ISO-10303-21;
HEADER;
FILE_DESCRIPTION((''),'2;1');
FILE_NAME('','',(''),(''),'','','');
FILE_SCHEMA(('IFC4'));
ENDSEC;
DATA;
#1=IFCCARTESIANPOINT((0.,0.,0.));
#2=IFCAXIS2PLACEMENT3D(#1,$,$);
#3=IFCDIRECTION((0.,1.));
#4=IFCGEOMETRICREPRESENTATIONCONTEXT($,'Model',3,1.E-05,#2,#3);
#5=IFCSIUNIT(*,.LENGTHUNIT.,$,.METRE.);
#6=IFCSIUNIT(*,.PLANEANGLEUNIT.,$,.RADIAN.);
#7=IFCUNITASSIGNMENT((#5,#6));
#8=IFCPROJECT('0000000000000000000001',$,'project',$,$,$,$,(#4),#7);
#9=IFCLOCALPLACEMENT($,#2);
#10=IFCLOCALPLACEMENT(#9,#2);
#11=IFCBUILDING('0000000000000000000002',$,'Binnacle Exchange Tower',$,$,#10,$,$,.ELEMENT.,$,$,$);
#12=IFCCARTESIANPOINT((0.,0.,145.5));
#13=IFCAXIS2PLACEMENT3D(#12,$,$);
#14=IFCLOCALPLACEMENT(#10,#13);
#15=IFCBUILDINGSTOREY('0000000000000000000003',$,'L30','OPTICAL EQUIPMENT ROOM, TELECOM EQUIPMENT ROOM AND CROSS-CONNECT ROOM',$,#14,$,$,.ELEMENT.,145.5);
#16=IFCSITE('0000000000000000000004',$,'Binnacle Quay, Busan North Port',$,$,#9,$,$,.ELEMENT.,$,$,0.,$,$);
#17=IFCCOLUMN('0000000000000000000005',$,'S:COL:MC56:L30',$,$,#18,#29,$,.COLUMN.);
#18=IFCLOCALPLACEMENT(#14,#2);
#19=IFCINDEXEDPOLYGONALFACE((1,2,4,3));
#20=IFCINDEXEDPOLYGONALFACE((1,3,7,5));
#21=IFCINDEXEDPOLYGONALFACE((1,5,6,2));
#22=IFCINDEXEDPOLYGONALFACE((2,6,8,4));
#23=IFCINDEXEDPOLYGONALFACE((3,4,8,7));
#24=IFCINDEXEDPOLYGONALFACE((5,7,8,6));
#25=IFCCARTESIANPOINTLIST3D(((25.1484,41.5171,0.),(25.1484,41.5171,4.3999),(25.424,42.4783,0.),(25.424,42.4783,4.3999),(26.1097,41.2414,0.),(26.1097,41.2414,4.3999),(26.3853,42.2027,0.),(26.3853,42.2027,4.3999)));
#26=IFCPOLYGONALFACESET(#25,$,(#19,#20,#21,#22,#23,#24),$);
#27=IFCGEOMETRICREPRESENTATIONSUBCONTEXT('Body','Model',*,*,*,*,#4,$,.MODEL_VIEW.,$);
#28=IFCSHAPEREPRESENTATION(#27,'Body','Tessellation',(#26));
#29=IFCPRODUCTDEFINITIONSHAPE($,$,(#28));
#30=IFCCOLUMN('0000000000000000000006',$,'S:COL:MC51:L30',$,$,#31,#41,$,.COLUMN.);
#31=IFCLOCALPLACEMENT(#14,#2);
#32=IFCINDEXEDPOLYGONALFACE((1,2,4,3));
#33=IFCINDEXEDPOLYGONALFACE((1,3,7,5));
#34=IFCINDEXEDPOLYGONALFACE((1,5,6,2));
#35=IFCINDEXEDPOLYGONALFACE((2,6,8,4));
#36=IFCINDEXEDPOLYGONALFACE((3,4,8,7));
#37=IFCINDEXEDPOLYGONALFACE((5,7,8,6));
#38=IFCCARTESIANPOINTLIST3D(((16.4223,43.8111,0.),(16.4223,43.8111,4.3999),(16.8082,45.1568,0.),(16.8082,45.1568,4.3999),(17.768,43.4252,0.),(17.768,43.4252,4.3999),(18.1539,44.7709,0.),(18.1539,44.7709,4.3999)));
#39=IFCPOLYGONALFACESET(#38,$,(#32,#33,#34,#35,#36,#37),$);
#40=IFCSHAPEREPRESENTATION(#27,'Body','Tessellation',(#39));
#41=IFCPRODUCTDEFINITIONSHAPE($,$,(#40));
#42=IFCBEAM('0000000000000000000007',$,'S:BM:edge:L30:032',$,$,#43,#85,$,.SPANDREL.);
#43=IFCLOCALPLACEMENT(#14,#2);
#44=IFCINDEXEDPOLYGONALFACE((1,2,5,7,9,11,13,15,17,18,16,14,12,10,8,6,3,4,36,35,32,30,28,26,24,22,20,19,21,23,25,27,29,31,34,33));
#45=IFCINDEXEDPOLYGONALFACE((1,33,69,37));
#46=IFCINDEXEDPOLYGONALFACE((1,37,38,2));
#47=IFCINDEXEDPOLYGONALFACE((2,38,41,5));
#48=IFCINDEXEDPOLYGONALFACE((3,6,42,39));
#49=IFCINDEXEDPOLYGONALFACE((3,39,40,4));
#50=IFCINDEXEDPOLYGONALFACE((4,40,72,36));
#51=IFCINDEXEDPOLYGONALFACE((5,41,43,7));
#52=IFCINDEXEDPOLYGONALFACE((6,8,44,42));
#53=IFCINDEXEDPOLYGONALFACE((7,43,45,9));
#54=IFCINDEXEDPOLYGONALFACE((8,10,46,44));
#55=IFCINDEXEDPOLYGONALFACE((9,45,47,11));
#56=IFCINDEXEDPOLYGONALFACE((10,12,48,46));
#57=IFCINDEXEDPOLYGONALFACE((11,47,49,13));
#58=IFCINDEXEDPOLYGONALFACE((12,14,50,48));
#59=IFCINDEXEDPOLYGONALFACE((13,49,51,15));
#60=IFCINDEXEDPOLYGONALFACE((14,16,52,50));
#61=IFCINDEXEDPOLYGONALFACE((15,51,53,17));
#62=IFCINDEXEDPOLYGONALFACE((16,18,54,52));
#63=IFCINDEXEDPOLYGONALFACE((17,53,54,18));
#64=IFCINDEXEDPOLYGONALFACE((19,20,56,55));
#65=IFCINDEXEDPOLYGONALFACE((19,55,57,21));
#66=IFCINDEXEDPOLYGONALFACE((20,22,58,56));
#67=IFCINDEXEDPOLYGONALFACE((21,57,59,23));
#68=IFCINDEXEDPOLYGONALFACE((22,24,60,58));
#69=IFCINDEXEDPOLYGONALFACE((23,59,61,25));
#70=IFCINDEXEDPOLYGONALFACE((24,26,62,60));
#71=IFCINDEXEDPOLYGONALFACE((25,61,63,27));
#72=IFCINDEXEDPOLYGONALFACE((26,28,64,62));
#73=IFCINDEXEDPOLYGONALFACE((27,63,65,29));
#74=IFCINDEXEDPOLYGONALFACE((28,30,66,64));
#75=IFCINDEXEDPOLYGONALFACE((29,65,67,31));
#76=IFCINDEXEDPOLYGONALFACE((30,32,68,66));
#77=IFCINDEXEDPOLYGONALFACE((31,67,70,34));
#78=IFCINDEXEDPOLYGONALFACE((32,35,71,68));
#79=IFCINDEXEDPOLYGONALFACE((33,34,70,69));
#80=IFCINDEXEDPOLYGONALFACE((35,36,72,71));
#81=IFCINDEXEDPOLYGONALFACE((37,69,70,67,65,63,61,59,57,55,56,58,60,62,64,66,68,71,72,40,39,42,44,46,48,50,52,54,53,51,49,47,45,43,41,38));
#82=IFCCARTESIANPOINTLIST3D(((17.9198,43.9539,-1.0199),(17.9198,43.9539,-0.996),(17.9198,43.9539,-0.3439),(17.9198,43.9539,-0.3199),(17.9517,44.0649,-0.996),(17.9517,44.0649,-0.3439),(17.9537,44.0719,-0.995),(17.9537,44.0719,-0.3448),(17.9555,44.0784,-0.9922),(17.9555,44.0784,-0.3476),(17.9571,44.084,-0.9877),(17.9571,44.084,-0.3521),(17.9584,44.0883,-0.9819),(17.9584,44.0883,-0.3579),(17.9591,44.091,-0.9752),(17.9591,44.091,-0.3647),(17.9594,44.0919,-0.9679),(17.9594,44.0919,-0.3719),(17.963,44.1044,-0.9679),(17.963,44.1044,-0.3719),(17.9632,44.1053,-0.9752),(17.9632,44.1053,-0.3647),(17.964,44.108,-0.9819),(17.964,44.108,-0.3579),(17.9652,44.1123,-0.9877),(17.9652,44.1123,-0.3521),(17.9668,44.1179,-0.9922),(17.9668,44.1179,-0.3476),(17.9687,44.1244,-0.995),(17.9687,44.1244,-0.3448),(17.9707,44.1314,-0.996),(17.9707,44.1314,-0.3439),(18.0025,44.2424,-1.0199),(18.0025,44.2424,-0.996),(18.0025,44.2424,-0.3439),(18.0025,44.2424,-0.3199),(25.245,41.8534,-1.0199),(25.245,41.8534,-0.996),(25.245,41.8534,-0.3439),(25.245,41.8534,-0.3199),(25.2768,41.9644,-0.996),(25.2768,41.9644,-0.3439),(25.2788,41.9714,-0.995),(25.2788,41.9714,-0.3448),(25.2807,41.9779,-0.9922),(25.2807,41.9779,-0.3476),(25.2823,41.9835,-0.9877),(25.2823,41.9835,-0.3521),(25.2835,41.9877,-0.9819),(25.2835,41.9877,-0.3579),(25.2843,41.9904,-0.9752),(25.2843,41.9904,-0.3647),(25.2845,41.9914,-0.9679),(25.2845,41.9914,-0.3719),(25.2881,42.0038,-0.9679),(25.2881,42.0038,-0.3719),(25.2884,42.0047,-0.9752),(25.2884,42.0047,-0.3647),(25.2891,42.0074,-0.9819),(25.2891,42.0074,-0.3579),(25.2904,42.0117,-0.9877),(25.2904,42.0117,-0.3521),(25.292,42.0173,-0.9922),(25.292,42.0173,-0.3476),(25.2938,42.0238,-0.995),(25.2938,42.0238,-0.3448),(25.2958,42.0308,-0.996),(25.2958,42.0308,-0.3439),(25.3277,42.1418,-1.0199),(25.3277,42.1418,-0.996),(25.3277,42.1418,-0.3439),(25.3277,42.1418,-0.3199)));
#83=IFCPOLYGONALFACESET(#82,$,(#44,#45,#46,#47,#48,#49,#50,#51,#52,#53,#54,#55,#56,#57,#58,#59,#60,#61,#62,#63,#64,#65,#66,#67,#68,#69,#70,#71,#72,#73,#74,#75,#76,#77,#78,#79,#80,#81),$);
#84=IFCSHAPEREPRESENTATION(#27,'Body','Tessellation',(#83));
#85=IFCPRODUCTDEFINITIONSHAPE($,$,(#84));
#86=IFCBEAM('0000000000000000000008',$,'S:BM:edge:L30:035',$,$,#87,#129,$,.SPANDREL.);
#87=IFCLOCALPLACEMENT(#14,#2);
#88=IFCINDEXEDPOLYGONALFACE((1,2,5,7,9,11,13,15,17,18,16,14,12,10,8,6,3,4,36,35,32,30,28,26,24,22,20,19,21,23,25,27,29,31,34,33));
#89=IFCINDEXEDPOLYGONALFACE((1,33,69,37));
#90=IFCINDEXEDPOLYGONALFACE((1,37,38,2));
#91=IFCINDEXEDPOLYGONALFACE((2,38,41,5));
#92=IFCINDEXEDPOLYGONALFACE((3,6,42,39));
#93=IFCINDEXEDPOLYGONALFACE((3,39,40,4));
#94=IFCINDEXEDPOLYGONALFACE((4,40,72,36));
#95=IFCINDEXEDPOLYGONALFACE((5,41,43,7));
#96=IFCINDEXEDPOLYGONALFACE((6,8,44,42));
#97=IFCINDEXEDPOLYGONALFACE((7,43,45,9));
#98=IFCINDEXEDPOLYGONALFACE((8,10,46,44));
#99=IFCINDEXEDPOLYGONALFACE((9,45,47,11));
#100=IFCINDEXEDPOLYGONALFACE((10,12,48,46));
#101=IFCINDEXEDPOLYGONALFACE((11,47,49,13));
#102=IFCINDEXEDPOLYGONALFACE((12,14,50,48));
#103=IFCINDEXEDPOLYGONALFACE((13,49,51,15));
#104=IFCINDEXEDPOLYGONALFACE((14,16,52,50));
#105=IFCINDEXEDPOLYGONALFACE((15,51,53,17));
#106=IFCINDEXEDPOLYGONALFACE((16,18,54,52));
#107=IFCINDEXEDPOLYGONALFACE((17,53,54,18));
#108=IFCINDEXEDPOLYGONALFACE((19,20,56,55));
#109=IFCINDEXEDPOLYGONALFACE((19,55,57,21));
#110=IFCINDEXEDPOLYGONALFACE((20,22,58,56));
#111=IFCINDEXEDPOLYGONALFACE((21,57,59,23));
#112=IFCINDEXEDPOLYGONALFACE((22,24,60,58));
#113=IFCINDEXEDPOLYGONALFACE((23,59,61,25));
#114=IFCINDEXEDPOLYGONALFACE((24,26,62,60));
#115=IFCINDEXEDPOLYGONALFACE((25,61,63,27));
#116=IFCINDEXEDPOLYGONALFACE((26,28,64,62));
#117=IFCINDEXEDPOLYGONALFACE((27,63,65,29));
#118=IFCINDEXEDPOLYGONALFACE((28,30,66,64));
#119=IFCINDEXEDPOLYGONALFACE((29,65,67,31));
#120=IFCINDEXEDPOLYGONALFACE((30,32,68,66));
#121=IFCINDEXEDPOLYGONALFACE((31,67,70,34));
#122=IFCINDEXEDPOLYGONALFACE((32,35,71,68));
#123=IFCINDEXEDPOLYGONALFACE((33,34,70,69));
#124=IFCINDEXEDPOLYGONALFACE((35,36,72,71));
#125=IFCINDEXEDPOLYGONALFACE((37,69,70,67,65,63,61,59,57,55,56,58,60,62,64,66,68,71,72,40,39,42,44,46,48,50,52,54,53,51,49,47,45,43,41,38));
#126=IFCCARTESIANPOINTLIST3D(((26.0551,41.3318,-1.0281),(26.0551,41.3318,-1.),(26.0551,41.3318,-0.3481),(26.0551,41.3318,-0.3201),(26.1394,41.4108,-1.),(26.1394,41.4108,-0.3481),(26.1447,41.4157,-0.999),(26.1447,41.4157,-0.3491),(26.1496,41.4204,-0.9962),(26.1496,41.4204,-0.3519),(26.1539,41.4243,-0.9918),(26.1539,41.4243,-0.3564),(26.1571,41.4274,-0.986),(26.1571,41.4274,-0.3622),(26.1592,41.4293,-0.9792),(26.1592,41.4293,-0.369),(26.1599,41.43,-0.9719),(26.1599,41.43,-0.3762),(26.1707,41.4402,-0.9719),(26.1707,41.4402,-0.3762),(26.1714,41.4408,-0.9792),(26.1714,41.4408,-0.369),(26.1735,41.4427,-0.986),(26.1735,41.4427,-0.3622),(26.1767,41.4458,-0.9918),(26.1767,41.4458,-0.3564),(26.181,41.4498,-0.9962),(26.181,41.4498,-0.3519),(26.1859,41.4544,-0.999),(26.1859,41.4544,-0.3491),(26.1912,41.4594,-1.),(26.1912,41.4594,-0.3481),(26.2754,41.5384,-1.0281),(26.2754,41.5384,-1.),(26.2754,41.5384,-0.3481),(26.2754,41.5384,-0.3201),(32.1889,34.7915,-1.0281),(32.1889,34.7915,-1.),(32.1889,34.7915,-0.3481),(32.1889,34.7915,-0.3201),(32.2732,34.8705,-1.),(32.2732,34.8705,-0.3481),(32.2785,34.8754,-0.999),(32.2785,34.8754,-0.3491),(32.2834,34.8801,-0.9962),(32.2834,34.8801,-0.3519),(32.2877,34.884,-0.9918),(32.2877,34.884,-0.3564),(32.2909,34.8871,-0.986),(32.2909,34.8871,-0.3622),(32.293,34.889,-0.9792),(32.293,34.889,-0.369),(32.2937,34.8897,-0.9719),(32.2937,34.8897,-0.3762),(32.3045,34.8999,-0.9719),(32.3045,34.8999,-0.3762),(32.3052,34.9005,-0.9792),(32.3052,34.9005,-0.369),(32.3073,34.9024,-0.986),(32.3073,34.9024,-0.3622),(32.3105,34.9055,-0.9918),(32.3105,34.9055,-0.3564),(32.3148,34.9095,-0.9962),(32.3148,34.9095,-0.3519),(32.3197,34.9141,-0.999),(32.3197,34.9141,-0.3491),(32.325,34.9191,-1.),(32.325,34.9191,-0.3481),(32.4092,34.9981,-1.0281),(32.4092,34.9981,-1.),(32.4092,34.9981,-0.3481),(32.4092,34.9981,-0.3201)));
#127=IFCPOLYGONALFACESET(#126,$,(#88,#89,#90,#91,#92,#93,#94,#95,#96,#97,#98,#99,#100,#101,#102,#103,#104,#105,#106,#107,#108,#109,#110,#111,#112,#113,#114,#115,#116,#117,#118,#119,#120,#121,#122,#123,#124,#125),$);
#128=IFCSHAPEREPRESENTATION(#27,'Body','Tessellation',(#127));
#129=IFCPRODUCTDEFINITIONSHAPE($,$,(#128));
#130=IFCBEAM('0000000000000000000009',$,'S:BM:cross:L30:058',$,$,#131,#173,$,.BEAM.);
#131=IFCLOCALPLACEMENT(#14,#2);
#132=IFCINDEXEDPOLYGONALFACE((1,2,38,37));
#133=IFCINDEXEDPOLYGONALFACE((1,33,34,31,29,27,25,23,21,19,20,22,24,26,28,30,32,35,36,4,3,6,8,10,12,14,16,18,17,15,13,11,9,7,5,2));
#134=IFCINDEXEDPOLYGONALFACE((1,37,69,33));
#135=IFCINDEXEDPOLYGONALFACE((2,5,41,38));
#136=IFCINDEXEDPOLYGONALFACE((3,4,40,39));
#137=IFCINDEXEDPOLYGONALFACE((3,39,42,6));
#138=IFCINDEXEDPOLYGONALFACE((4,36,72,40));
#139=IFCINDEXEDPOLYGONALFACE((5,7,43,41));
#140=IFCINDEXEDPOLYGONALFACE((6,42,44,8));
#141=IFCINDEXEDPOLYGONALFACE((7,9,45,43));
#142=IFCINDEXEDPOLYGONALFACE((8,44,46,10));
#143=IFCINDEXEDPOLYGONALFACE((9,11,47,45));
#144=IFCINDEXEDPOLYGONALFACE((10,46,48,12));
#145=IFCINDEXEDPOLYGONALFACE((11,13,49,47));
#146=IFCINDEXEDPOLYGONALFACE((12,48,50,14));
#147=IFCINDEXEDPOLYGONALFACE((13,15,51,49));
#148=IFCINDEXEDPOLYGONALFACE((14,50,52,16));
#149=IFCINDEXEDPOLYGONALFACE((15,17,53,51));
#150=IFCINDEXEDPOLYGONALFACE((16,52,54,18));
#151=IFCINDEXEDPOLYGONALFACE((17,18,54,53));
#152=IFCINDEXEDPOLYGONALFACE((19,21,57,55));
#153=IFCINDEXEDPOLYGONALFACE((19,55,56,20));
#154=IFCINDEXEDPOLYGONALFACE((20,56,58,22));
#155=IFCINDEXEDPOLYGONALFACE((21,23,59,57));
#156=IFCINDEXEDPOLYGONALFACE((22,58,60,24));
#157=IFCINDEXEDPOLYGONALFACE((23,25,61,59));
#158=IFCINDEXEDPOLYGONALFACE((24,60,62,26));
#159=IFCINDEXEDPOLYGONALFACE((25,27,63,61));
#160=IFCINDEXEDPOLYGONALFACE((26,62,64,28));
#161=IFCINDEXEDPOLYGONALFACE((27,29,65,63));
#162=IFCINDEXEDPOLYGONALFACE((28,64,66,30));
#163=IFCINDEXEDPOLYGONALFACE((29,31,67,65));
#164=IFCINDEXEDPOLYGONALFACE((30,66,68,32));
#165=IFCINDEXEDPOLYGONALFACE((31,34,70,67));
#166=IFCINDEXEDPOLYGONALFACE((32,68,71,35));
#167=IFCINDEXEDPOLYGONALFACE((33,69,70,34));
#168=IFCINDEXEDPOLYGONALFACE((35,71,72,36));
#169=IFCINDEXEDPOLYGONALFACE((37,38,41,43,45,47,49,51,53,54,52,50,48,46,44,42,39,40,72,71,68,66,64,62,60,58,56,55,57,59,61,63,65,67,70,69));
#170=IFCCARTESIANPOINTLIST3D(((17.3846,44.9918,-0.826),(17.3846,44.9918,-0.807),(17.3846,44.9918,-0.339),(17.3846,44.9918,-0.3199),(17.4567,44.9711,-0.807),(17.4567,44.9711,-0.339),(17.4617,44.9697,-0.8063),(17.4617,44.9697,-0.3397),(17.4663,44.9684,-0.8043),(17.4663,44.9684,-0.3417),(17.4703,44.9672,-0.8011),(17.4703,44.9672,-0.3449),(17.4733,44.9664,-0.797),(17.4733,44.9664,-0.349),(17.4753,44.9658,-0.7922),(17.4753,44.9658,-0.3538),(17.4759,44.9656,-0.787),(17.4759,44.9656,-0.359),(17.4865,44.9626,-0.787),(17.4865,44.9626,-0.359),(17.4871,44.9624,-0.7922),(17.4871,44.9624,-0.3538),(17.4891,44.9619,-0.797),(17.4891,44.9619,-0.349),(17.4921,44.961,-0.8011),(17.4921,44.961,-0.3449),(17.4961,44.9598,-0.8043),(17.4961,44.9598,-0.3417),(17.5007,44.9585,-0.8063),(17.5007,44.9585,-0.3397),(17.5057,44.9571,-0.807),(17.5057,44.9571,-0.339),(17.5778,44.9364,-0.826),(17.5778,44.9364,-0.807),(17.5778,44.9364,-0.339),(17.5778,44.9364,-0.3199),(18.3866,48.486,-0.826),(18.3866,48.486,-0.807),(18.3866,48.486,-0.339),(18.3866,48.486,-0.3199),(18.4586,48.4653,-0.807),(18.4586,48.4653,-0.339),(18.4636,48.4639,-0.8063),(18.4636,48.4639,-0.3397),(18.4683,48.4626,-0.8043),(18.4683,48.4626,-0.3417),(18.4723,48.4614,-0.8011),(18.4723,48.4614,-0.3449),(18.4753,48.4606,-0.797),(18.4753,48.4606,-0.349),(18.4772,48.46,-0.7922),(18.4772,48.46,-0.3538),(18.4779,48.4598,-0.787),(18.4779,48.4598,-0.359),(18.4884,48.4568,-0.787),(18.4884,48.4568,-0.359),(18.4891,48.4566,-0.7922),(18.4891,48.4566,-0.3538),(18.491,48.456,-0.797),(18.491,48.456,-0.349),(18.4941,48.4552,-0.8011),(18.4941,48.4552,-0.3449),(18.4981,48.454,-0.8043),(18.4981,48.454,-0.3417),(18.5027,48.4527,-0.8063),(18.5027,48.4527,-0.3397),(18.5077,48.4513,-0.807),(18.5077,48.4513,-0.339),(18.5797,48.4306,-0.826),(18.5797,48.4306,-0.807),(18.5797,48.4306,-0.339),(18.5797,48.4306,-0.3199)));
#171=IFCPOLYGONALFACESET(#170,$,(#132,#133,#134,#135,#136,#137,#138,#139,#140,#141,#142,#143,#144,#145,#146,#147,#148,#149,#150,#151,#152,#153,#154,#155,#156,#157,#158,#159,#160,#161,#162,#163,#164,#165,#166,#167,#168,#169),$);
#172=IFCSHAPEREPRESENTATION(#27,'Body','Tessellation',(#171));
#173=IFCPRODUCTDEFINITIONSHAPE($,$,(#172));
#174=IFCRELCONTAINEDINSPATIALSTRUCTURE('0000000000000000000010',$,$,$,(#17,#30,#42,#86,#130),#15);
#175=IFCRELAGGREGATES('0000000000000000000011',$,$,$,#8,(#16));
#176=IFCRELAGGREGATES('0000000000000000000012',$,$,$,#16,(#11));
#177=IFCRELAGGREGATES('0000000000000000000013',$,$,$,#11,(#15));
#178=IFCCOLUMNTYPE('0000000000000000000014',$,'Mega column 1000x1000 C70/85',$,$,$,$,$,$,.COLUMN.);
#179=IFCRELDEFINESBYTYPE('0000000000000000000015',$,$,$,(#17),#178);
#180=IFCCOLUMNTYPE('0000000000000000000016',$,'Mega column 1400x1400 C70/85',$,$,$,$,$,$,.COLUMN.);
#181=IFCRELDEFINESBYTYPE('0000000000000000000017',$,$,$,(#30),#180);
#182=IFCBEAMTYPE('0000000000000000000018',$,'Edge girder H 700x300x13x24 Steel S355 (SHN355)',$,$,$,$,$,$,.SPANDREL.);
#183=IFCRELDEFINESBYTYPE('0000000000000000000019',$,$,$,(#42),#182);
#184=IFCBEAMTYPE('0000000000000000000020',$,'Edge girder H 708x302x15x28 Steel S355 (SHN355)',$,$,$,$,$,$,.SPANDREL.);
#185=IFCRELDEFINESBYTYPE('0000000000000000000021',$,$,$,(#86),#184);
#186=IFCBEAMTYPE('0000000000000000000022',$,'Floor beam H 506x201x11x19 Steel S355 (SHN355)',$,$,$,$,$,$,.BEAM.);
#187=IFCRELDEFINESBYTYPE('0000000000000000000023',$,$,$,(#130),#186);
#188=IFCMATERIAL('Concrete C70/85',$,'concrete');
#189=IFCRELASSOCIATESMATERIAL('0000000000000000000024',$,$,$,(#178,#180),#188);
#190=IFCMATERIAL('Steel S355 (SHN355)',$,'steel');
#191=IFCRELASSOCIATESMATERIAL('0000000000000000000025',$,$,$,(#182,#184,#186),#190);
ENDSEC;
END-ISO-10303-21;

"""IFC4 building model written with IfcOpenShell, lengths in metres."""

from ifc_helpers import new_model, si_unit, direction, frame, origin, origin_2d, place, context, subcontext, project, spatial, rectangle, i_section, extrude, material, material_profile, profile_set, type_object, element, save


model = new_model("IFC4")

# Units and contexts
model_context = context("Model", 3, precision=1e-05, world=origin(), true_north=direction((0.0, 1.0)))
body_context = subcontext(model_context, "Body", "Model", "MODEL_VIEW")
ifc_project = project(units=[si_unit("LENGTHUNIT", "METRE"), si_unit("PLANEANGLEUNIT", "RADIAN")], contexts=[model_context])

# Site, building, storey
site_placement = place(None, origin())
site = spatial("IfcSite", under=ifc_project, at=site_placement, Name="Binnacle Quay, Busan North Port", CompositionType="ELEMENT", RefElevation=0.0)
building_placement = place(site_placement, origin())
building = spatial("IfcBuilding", under=site, at=building_placement, Name="Binnacle Exchange Tower", CompositionType="ELEMENT")
storey_placement = place(building_placement, frame((0.0, 0.0, 145.5)))
storey = spatial("IfcBuildingStorey", under=building, at=storey_placement, Name="L30", Description="OPTICAL EQUIPMENT ROOM, TELECOM EQUIPMENT ROOM AND CROSS-CONNECT ROOM", CompositionType="ELEMENT", Elevation=145.5)

# Columns
ifc_material_1 = material(Name="Concrete C70/85", Category="concrete")
ifc_material_profile_1 = material_profile(ifc_material_1, rectangle(XDim=1.0, YDim=1.0, at=origin_2d()), Name="Mega column 1000x1000 C70/85")
ifc_profile_set_1 = profile_set([ifc_material_profile_1], Name="Concrete C70/85")
column_type_1 = type_object("IfcColumnType", Name="Mega column 1000x1000 C70/85", PredefinedType="COLUMN", material=ifc_profile_set_1)
column_1_placement = place(storey_placement, frame((25.7668, 41.8599, 0.0), z_axis=(0.0, 0.0, 1.0), x_axis=(0.961262, -0.275637, 0.0)))
element("IfcColumn", 1, at=column_1_placement, inside=storey, type_object=column_type_1, Name="S:COL:MC56:L30", PredefinedType="COLUMN", context=body_context, shape_type="SweptSolid", body=[
    extrude(rectangle(XDim=1.0, YDim=1.0, at=origin_2d()), origin(), (0.0, 0.0, 1.0), 4.3999),
])
ifc_material_profile_2 = material_profile(ifc_material_1, rectangle(XDim=1.3999, YDim=1.3999, at=origin_2d()), Name="Mega column 1400x1400 C70/85")
ifc_profile_set_2 = profile_set([ifc_material_profile_2], Name="Concrete C70/85")
column_type_2 = type_object("IfcColumnType", Name="Mega column 1400x1400 C70/85", PredefinedType="COLUMN", material=ifc_profile_set_2)
column_2_placement = place(storey_placement, frame((17.2881, 44.291, 0.0), z_axis=(0.0, 0.0, 1.0), x_axis=(0.961262, -0.275637, 0.0)))
element("IfcColumn", 2, at=column_2_placement, inside=storey, type_object=column_type_2, Name="S:COL:MC51:L30", PredefinedType="COLUMN", context=body_context, shape_type="SweptSolid", body=[
    extrude(rectangle(XDim=1.3999, YDim=1.3999, at=origin_2d()), origin(), (0.0, 0.0, 1.0), 4.3999),
])

# Beams
ifc_material_2 = material(Name="Steel S355 (SHN355)", Category="steel")
ifc_material_profile_3 = material_profile(ifc_material_2, i_section(OverallWidth=0.3, OverallDepth=0.7, WebThickness=0.0129, FlangeThickness=0.0239, FilletRadius=0.0281, at=origin_2d()), Name="H 700x300x13x24")
ifc_profile_set_3 = profile_set([ifc_material_profile_3], Name="Steel S355 (SHN355)")
beam_type_1 = type_object("IfcBeamType", Name="Edge girder H 700x300x13x24 Steel S355 (SHN355)", PredefinedType="SPANDREL", material=ifc_profile_set_3)
beam_1_placement = place(storey_placement, frame((17.9612, 44.0981, -0.6699), z_axis=(0.961258, -0.275652, 0.0), x_axis=(0.275652, 0.961258, 0.0)))
element("IfcBeam", 3, at=beam_1_placement, inside=storey, type_object=beam_type_1, Name="S:BM:edge:L30:032", PredefinedType="SPANDREL", context=body_context, shape_type="SweptSolid", body=[
    extrude(i_section(OverallWidth=0.3, OverallDepth=0.7, WebThickness=0.0129, FlangeThickness=0.0239, FilletRadius=0.0281, at=origin_2d()), origin(), (0.0, 0.0, 1.0), 7.6204),
])
ifc_material_profile_4 = material_profile(ifc_material_2, i_section(OverallWidth=0.302, OverallDepth=0.708, WebThickness=0.0149, FlangeThickness=0.0281, FilletRadius=0.0281, at=origin_2d()), Name="H 708x302x15x28")
ifc_profile_set_4 = profile_set([ifc_material_profile_4], Name="Steel S355 (SHN355)")
beam_type_2 = type_object("IfcBeamType", Name="Edge girder H 708x302x15x28 Steel S355 (SHN355)", PredefinedType="SPANDREL", material=ifc_profile_set_4)
beam_2_placement = place(storey_placement, frame((26.1653, 41.4351, -0.6741), z_axis=(0.684076, -0.729411, 0.0), x_axis=(0.729411, 0.684076, 0.0)))
element("IfcBeam", 4, at=beam_2_placement, inside=storey, type_object=beam_type_2, Name="S:BM:edge:L30:035", PredefinedType="SPANDREL", context=body_context, shape_type="SweptSolid", body=[
    extrude(i_section(OverallWidth=0.302, OverallDepth=0.708, WebThickness=0.0149, FlangeThickness=0.0281, FilletRadius=0.0281, at=origin_2d()), origin(), (0.0, 0.0, 1.0), 8.9666),
])
ifc_material_profile_5 = material_profile(ifc_material_2, i_section(OverallWidth=0.2009, OverallDepth=0.5061, WebThickness=0.011, FlangeThickness=0.019, FilletRadius=0.02, at=origin_2d()), Name="H 506x201x11x19")
ifc_profile_set_5 = profile_set([ifc_material_profile_5], Name="Steel S355 (SHN355)")
beam_type_3 = type_object("IfcBeamType", Name="Floor beam H 506x201x11x19 Steel S355 (SHN355)", PredefinedType="BEAM", material=ifc_profile_set_5)
beam_3_placement = place(storey_placement, frame((17.4812, 44.9641, -0.573), z_axis=(0.275644, 0.96126, 0.0), x_axis=(-0.96126, 0.275644, 0.0)))
element("IfcBeam", 5, at=beam_3_placement, inside=storey, type_object=beam_type_3, Name="S:BM:cross:L30:058", PredefinedType="BEAM", context=body_context, shape_type="SweptSolid", body=[
    extrude(i_section(OverallWidth=0.2009, OverallDepth=0.5061, WebThickness=0.011, FlangeThickness=0.019, FilletRadius=0.02, at=origin_2d()), origin(), (0.0, 0.0, 1.0), 3.635),
])

save(model, "model.ifc")
